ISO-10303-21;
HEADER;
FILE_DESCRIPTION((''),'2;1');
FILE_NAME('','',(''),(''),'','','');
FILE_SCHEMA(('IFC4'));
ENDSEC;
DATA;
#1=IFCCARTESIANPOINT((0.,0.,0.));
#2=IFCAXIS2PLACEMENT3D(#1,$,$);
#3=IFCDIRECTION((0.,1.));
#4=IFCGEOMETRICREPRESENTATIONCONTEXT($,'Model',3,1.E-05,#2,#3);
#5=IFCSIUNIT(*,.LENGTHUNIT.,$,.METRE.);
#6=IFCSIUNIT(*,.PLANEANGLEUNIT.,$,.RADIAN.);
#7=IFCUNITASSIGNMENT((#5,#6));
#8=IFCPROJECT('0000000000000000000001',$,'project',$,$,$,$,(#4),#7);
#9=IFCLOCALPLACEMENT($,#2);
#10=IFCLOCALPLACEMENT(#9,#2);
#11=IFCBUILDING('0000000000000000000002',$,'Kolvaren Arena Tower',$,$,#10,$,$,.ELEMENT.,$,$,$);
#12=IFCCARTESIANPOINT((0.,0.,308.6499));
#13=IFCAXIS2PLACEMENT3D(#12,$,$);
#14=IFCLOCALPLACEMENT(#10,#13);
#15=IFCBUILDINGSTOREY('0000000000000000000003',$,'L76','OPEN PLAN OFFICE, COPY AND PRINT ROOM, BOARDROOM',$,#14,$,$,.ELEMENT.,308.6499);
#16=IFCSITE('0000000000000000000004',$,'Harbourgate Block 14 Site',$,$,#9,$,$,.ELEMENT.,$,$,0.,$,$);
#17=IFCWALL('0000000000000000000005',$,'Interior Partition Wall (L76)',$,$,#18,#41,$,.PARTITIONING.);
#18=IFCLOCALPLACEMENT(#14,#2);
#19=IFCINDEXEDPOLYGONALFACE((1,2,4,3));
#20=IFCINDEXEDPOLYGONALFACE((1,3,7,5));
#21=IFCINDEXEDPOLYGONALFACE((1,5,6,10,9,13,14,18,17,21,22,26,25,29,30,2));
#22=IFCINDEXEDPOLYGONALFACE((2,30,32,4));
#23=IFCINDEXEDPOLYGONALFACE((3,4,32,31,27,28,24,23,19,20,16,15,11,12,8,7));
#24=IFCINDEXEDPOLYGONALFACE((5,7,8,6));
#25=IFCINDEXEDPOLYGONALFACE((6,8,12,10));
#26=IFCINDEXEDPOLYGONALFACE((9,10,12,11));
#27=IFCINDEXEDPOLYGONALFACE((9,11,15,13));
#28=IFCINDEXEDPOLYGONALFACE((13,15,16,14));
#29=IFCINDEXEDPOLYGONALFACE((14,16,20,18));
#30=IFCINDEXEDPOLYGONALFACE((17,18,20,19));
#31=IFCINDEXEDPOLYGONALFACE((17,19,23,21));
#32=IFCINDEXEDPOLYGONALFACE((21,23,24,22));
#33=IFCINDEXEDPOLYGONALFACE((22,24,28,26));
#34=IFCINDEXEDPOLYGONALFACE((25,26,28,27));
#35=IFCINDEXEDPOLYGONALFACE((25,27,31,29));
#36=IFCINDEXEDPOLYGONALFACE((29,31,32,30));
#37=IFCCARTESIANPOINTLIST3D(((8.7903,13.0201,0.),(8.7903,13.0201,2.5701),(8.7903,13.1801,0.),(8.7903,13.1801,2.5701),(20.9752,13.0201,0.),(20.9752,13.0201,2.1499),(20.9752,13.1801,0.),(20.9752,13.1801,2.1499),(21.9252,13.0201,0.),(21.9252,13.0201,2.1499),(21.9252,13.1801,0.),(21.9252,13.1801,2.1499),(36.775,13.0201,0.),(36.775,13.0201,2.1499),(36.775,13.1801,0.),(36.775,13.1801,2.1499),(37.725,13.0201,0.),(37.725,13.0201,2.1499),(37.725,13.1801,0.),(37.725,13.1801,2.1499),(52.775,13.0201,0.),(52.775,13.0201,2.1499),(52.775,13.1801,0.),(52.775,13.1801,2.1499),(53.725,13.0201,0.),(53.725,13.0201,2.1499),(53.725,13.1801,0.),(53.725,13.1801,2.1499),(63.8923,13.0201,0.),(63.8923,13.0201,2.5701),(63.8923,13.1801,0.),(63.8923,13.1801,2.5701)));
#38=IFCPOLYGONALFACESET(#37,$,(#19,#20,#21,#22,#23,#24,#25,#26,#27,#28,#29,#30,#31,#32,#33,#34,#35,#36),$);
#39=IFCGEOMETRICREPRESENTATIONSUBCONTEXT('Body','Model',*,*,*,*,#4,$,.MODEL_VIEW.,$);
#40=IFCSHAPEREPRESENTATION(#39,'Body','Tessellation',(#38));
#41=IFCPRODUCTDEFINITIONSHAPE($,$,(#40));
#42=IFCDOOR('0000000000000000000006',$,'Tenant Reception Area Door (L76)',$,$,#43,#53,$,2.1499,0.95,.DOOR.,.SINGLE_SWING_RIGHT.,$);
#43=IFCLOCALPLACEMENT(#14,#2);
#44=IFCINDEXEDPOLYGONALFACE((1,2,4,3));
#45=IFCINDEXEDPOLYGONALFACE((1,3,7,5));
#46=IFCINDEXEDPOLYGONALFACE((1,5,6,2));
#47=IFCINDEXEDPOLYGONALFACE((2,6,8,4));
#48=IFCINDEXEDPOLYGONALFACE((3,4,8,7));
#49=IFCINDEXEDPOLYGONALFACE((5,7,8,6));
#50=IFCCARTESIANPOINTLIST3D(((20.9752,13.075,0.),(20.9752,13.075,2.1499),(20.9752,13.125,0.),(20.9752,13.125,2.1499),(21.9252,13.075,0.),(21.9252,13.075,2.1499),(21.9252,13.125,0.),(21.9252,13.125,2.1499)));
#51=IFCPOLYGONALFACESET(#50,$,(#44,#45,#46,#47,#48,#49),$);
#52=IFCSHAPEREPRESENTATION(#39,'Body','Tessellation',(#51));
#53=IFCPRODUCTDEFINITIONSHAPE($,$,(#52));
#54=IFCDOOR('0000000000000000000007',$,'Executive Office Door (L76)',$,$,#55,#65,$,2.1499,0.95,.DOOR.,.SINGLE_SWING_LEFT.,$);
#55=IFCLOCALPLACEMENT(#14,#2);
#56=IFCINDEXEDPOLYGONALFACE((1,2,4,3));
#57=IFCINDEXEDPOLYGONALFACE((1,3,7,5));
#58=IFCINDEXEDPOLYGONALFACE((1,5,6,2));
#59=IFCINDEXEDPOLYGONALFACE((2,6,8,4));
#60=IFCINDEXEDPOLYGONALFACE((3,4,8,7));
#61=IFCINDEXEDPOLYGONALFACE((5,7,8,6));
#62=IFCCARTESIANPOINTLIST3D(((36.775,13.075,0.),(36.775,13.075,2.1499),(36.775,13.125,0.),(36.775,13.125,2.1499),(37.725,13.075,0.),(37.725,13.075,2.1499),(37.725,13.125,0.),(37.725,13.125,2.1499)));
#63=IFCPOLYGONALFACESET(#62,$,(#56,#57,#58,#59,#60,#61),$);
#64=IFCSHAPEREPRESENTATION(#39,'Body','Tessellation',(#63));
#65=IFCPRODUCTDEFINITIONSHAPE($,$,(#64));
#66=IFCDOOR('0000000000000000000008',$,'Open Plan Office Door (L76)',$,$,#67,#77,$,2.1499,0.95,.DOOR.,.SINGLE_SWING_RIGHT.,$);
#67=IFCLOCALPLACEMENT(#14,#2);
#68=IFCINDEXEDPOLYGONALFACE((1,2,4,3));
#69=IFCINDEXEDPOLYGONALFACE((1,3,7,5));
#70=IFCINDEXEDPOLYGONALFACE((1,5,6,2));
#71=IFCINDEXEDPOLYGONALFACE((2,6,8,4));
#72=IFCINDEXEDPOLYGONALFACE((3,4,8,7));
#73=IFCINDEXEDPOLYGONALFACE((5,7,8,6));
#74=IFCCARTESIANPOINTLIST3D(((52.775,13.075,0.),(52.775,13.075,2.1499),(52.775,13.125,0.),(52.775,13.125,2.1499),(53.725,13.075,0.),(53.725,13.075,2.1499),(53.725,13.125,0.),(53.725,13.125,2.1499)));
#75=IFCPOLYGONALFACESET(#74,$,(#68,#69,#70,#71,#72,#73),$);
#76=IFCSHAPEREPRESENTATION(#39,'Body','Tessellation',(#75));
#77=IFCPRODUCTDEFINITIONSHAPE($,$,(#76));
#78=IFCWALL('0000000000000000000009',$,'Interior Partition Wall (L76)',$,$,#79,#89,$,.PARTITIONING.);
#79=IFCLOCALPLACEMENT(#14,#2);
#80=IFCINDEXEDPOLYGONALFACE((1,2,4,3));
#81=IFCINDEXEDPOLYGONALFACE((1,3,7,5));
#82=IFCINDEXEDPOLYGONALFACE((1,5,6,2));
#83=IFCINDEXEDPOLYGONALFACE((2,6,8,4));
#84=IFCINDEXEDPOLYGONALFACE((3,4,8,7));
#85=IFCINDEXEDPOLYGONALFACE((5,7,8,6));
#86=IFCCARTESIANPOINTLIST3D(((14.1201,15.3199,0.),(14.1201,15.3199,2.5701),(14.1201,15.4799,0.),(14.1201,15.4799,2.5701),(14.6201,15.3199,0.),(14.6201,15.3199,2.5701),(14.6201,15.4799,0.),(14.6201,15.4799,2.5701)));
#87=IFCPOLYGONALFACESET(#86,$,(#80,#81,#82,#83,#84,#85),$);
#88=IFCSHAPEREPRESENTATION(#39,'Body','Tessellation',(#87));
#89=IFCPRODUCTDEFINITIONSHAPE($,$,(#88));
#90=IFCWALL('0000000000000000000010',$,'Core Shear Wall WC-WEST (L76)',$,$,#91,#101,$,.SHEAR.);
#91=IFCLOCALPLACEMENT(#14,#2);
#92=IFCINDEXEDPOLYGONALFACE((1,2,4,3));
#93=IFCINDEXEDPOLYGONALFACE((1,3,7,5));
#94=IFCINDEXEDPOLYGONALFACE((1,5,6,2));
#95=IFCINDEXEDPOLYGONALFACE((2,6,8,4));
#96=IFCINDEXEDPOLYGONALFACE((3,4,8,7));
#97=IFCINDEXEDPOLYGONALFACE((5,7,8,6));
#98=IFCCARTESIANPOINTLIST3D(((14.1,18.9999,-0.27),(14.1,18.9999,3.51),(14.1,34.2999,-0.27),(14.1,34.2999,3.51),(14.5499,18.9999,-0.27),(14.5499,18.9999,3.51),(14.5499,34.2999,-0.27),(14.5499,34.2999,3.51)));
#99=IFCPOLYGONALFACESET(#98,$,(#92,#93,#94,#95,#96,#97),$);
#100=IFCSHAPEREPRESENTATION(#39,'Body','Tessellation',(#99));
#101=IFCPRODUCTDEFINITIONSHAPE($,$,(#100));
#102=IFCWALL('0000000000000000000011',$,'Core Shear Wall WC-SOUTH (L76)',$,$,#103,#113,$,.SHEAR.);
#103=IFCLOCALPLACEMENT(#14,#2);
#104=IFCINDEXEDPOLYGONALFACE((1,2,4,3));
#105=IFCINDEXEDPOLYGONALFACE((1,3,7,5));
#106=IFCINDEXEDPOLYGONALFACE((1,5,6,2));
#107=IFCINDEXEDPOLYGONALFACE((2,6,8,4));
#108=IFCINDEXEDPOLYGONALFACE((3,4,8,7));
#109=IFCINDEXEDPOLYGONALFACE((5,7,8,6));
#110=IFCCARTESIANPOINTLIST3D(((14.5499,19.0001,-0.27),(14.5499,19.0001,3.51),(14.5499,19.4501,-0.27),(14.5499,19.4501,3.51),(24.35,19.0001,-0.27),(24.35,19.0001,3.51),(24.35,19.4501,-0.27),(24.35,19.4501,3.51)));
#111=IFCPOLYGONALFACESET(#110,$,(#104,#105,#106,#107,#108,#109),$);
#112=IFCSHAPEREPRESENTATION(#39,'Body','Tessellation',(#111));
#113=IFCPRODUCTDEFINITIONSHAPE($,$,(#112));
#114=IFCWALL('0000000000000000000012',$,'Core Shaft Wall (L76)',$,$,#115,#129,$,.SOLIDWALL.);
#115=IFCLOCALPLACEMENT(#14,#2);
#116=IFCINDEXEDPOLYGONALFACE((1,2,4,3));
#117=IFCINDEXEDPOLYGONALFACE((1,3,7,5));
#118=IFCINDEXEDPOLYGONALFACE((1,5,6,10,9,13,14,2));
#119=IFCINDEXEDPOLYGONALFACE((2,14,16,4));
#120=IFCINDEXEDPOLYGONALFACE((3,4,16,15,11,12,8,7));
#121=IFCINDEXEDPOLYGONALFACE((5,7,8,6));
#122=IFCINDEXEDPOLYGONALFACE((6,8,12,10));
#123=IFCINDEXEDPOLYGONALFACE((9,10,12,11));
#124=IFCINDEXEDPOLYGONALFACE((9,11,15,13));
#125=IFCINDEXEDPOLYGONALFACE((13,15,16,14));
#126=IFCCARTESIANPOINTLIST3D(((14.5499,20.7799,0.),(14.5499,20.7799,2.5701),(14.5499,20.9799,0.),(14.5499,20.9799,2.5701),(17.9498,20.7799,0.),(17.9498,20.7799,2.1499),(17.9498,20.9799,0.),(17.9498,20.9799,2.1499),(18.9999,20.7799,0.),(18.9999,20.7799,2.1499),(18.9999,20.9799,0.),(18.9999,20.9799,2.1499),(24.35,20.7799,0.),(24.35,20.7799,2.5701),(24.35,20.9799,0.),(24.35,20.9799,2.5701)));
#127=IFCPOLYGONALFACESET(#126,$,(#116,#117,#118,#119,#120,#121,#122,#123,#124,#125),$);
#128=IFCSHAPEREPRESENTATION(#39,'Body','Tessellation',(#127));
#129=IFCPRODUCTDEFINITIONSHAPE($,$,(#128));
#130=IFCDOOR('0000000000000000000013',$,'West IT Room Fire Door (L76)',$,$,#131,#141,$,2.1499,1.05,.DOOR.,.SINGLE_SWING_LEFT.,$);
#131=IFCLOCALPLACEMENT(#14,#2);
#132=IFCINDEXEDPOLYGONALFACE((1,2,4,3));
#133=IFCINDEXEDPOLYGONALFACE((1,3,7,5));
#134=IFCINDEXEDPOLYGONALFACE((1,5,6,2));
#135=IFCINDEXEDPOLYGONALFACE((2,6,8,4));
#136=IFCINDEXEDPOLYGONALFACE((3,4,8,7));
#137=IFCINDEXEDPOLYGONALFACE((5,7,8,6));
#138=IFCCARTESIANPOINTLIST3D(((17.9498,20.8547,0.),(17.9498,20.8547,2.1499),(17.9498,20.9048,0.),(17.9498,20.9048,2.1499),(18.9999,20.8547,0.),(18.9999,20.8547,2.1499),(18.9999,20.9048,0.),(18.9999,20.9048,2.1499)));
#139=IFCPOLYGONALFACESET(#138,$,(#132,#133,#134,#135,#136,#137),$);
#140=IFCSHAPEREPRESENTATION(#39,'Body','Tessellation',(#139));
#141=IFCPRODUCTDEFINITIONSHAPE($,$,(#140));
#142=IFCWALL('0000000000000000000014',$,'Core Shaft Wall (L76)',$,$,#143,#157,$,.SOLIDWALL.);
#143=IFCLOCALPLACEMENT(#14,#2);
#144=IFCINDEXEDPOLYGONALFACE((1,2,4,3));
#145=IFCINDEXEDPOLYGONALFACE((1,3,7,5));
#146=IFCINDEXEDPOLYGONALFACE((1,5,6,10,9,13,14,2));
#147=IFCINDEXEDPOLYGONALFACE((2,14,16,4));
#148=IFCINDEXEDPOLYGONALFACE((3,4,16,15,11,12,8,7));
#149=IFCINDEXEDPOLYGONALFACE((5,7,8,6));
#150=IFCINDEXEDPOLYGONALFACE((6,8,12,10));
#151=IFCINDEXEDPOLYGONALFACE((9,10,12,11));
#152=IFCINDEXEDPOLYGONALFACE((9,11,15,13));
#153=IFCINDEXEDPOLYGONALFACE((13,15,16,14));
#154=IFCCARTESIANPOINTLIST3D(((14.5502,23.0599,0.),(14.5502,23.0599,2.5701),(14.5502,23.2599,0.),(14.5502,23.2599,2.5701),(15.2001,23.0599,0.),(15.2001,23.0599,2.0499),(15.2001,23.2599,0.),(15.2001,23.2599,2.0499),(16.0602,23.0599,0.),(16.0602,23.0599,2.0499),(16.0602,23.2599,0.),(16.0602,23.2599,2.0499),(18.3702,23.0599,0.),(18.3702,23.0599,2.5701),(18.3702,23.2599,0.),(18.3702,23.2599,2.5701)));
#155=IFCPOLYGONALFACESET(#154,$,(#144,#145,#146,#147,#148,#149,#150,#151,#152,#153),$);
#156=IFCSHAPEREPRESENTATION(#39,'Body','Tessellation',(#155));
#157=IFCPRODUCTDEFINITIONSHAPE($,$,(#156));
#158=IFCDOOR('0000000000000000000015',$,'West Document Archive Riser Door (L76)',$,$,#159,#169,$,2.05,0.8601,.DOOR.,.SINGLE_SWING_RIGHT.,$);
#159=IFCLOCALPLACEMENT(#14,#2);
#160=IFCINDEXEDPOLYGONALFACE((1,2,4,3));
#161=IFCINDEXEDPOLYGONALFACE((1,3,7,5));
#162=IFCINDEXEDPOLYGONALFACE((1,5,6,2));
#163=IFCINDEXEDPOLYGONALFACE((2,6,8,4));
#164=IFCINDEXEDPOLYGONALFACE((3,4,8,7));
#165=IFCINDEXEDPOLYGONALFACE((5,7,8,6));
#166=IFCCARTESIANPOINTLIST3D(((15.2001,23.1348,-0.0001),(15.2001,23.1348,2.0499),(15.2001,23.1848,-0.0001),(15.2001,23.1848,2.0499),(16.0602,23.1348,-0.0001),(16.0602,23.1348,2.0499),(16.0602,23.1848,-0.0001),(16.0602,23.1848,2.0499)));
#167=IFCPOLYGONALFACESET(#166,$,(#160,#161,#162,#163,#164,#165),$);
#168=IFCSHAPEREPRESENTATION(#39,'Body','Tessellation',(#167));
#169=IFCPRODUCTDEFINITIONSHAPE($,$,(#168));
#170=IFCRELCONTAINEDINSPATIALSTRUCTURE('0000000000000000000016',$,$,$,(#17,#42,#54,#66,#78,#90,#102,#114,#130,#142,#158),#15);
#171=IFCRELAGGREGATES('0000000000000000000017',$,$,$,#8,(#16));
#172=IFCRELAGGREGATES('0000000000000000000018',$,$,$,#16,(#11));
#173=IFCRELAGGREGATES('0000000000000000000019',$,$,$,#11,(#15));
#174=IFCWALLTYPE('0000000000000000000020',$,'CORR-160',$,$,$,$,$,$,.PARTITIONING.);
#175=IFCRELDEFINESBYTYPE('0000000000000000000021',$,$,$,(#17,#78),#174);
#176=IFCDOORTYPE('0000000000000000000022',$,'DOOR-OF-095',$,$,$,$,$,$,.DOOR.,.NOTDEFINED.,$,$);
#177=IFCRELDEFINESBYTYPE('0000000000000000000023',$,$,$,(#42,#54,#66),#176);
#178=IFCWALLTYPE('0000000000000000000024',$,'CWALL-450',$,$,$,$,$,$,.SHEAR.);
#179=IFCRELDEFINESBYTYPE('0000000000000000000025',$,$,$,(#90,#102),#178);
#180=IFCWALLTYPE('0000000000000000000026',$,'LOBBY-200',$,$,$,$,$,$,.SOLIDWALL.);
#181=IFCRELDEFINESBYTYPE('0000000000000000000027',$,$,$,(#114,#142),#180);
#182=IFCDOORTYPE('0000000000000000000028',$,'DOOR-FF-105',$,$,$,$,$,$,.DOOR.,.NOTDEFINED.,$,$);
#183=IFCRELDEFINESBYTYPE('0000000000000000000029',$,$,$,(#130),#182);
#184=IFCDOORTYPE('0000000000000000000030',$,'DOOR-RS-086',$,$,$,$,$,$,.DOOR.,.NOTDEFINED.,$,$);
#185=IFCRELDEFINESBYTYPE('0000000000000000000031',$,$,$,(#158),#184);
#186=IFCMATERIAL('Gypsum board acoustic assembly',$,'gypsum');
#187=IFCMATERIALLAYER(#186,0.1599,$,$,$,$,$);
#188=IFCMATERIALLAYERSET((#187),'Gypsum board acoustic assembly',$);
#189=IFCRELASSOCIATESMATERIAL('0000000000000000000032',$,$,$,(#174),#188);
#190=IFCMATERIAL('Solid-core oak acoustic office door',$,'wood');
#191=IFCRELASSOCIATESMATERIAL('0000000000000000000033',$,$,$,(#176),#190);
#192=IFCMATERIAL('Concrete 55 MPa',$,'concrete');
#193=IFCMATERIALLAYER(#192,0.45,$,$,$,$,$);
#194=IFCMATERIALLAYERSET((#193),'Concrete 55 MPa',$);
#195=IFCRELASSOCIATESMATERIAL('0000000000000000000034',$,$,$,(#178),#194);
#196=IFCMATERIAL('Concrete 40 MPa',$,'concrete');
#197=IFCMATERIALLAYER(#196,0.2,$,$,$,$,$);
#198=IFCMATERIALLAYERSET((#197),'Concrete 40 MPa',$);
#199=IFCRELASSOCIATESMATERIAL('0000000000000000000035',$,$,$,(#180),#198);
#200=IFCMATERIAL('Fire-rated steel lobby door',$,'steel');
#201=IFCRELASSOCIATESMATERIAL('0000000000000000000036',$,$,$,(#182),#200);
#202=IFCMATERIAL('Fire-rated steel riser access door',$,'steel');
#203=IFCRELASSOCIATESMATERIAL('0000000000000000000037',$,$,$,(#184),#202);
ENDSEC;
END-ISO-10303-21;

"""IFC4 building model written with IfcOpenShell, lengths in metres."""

from ifc_helpers import new_model, si_unit, direction, frame, frame_2d, origin, place, context, subcontext, project, spatial, rectangle, extrude, material, layer, layer_set, type_object, element, fill, save


model = new_model("IFC4")

# Units and contexts
model_context = context("Model", 3, precision=1e-05, world=origin(), true_north=direction((0.0, 1.0)))
body_context = subcontext(model_context, "Body", "Model", "MODEL_VIEW")
ifc_project = project(units=[si_unit("LENGTHUNIT", "METRE"), si_unit("PLANEANGLEUNIT", "RADIAN")], contexts=[model_context])

# Site, building, storey
site_placement = place(None, origin())
site = spatial("IfcSite", under=ifc_project, at=site_placement, Name="Harbourgate Block 14 Site", CompositionType="ELEMENT", RefElevation=0.0)
building_placement = place(site_placement, origin())
building = spatial("IfcBuilding", under=site, at=building_placement, Name="Kolvaren Arena Tower", CompositionType="ELEMENT")
storey_placement = place(building_placement, frame((0.0, 0.0, 308.6499)))
storey = spatial("IfcBuildingStorey", under=building, at=storey_placement, Name="L76", Description="OPEN PLAN OFFICE, COPY AND PRINT ROOM, BOARDROOM", CompositionType="ELEMENT", Elevation=308.6499)

# Wall, openings, doors
ifc_material_1 = material(Name="Gypsum board acoustic assembly", Category="gypsum")
ifc_layer_1 = layer(ifc_material_1, 0.1599)
ifc_layer_set_1 = layer_set([ifc_layer_1], Name="Gypsum board acoustic assembly")
wall_type_1 = type_object("IfcWallType", Name="CORR-160", PredefinedType="PARTITIONING", material=ifc_layer_set_1)
wall_1_placement = place(storey_placement, frame((8.7903, 13.1001, 0.0), z_axis=(0.0, 0.0, 1.0), x_axis=(1.0, 0.0, 0.0)))
wall_1 = element("IfcWall", 1, at=wall_1_placement, inside=storey, type_object=wall_type_1, Name="Interior Partition Wall (L76)", PredefinedType="PARTITIONING", context=body_context, shape_type="SweptSolid", body=[
    extrude(rectangle(XDim=55.1021, YDim=0.1599, at=frame_2d((27.551, 0.0))), origin(), (0.0, 0.0, 1.0), 2.5701),
])
opening_1_placement = place(wall_1_placement, frame((12.1848, 0.0, 0.0)))
opening_1 = element("IfcOpeningElement", 2, at=opening_1_placement, cuts=wall_1, PredefinedType="OPENING", context=body_context, shape_type="SweptSolid", body=[
    extrude(rectangle(XDim=0.95, YDim=2.1499, at=frame_2d((0.4751, 1.075))), frame((0.0, 0.0898, 0.0), z_axis=(0.0, -1.0, 0.0), x_axis=(1.0, 0.0, 0.0)), (0.0, 0.0, 1.0), 0.1799),
])
opening_2_placement = place(wall_1_placement, frame((27.9846, 0.0, 0.0)))
opening_2 = element("IfcOpeningElement", 3, at=opening_2_placement, cuts=wall_1, PredefinedType="OPENING", context=body_context, shape_type="SweptSolid", body=[
    extrude(rectangle(XDim=0.95, YDim=2.1499, at=frame_2d((0.4751, 1.075))), frame((0.0, 0.0898, 0.0), z_axis=(0.0, -1.0, 0.0), x_axis=(1.0, 0.0, 0.0)), (0.0, 0.0, 1.0), 0.1799),
])
opening_3_placement = place(wall_1_placement, frame((43.9846, 0.0, 0.0)))
opening_3 = element("IfcOpeningElement", 4, at=opening_3_placement, cuts=wall_1, PredefinedType="OPENING", context=body_context, shape_type="SweptSolid", body=[
    extrude(rectangle(XDim=0.95, YDim=2.1499, at=frame_2d((0.4751, 1.075))), frame((0.0, 0.0898, 0.0), z_axis=(0.0, -1.0, 0.0), x_axis=(1.0, 0.0, 0.0)), (0.0, 0.0, 1.0), 0.1799),
])
ifc_material_2 = material(Name="Solid-core oak acoustic office door", Category="wood")
door_type_1 = type_object("IfcDoorType", Name="DOOR-OF-095", OperationType="NOTDEFINED", PredefinedType="DOOR", material=ifc_material_2)
door_1_placement = place(opening_1_placement, origin())
door_1 = element("IfcDoor", 5, at=door_1_placement, inside=storey, type_object=door_type_1, Name="Tenant Reception Area Door (L76)", OperationType="SINGLE_SWING_RIGHT", OverallHeight=2.1499, OverallWidth=0.95, PredefinedType="DOOR", context=body_context, shape_type="SweptSolid", body=[
    extrude(rectangle(XDim=0.95, YDim=2.1499, at=frame_2d((0.4751, 1.075))), frame((0.0, 0.0249, 0.0), z_axis=(0.0, -1.0, 0.0), x_axis=(1.0, 0.0, 0.0)), (0.0, 0.0, 1.0), 0.05),
])
fill(opening_1, door_1)
door_2_placement = place(opening_2_placement, origin())
door_2 = element("IfcDoor", 6, at=door_2_placement, inside=storey, type_object=door_type_1, Name="Executive Office Door (L76)", OperationType="SINGLE_SWING_LEFT", OverallHeight=2.1499, OverallWidth=0.95, PredefinedType="DOOR", context=body_context, shape_type="SweptSolid", body=[
    extrude(rectangle(XDim=0.95, YDim=2.1499, at=frame_2d((0.4751, 1.075))), frame((0.0, 0.0249, 0.0), z_axis=(0.0, -1.0, 0.0), x_axis=(1.0, 0.0, 0.0)), (0.0, 0.0, 1.0), 0.05),
])
fill(opening_2, door_2)
door_3_placement = place(opening_3_placement, origin())
door_3 = element("IfcDoor", 7, at=door_3_placement, inside=storey, type_object=door_type_1, Name="Open Plan Office Door (L76)", OperationType="SINGLE_SWING_RIGHT", OverallHeight=2.1499, OverallWidth=0.95, PredefinedType="DOOR", context=body_context, shape_type="SweptSolid", body=[
    extrude(rectangle(XDim=0.95, YDim=2.1499, at=frame_2d((0.4751, 1.075))), frame((0.0, 0.0249, 0.0), z_axis=(0.0, -1.0, 0.0), x_axis=(1.0, 0.0, 0.0)), (0.0, 0.0, 1.0), 0.05),
])
fill(opening_3, door_3)

# Walls
wall_2_placement = place(storey_placement, frame((14.1201, 15.3999, 0.0), z_axis=(0.0, 0.0, 1.0), x_axis=(1.0, 0.0, 0.0)))
element("IfcWall", 8, at=wall_2_placement, inside=storey, type_object=wall_type_1, Name="Interior Partition Wall (L76)", PredefinedType="PARTITIONING", context=body_context, shape_type="SweptSolid", body=[
    extrude(rectangle(XDim=0.5, YDim=0.1599, at=frame_2d((0.25, 0.0))), origin(), (0.0, 0.0, 1.0), 2.5701),
])
ifc_material_3 = material(Name="Concrete 55 MPa", Category="concrete")
ifc_layer_2 = layer(ifc_material_3, 0.45)
ifc_layer_set_2 = layer_set([ifc_layer_2], Name="Concrete 55 MPa")
wall_type_2 = type_object("IfcWallType", Name="CWALL-450", PredefinedType="SHEAR", material=ifc_layer_set_2)
wall_3_placement = place(storey_placement, frame((14.325, 19.0, -0.27), z_axis=(0.0, 0.0, 1.0), x_axis=(0.0, 1.0, 0.0)))
element("IfcWall", 9, at=wall_3_placement, inside=storey, type_object=wall_type_2, Name="Core Shear Wall WC-WEST (L76)", PredefinedType="SHEAR", context=body_context, shape_type="SweptSolid", body=[
    extrude(rectangle(XDim=15.3, YDim=0.45, at=frame_2d((7.6499, 0.0))), origin(), (0.0, 0.0, 1.0), 3.78),
])
wall_4_placement = place(storey_placement, frame((14.55, 19.2251, -0.27), z_axis=(0.0, 0.0, 1.0), x_axis=(1.0, 0.0, 0.0)))
element("IfcWall", 10, at=wall_4_placement, inside=storey, type_object=wall_type_2, Name="Core Shear Wall WC-SOUTH (L76)", PredefinedType="SHEAR", context=body_context, shape_type="SweptSolid", body=[
    extrude(rectangle(XDim=9.8, YDim=0.45, at=frame_2d((4.8999, 0.0))), origin(), (0.0, 0.0, 1.0), 3.78),
])

# Walls, openings, doors
ifc_material_4 = material(Name="Concrete 40 MPa", Category="concrete")
ifc_layer_3 = layer(ifc_material_4, 0.2)
ifc_layer_set_3 = layer_set([ifc_layer_3], Name="Concrete 40 MPa")
wall_type_3 = type_object("IfcWallType", Name="LOBBY-200", PredefinedType="SOLIDWALL", material=ifc_layer_set_3)
wall_5_placement = place(storey_placement, frame((14.55, 20.8799, 0.0), z_axis=(0.0, 0.0, 1.0), x_axis=(1.0, 0.0, 0.0)))
wall_5 = element("IfcWall", 11, at=wall_5_placement, inside=storey, type_object=wall_type_3, Name="Core Shaft Wall (L76)", PredefinedType="SOLIDWALL", context=body_context, shape_type="SweptSolid", body=[
    extrude(rectangle(XDim=9.8, YDim=0.2, at=frame_2d((4.8999, 0.0))), origin(), (0.0, 0.0, 1.0), 2.5701),
])
opening_4_placement = place(wall_5_placement, frame((3.3999, 0.0, 0.0)))
opening_4 = element("IfcOpeningElement", 12, at=opening_4_placement, cuts=wall_5, PredefinedType="OPENING", context=body_context, shape_type="SweptSolid", body=[
    extrude(rectangle(XDim=1.05, YDim=2.1499, at=frame_2d((0.5249, 1.075))), frame((0.0, 0.1099, 0.0), z_axis=(0.0, -1.0, 0.0), x_axis=(1.0, 0.0, 0.0)), (0.0, 0.0, 1.0), 0.22),
])
ifc_material_5 = material(Name="Fire-rated steel lobby door", Category="steel")
door_type_2 = type_object("IfcDoorType", Name="DOOR-FF-105", OperationType="NOTDEFINED", PredefinedType="DOOR", material=ifc_material_5)
door_4_placement = place(opening_4_placement, origin())
door_4 = element("IfcDoor", 13, at=door_4_placement, inside=storey, type_object=door_type_2, Name="West IT Room Fire Door (L76)", OperationType="SINGLE_SWING_LEFT", OverallHeight=2.1499, OverallWidth=1.05, PredefinedType="DOOR", context=body_context, shape_type="SweptSolid", body=[
    extrude(rectangle(XDim=1.05, YDim=2.1499, at=frame_2d((0.5249, 1.075))), frame((0.0, 0.0249, 0.0), z_axis=(0.0, -1.0, 0.0), x_axis=(1.0, 0.0, 0.0)), (0.0, 0.0, 1.0), 0.05),
])
fill(opening_4, door_4)
wall_6_placement = place(storey_placement, frame((14.55, 23.1599, 0.0), z_axis=(0.0, 0.0, 1.0), x_axis=(1.0, 0.0, 0.0)))
wall_6 = element("IfcWall", 14, at=wall_6_placement, inside=storey, type_object=wall_type_3, Name="Core Shaft Wall (L76)", PredefinedType="SOLIDWALL", context=body_context, shape_type="SweptSolid", body=[
    extrude(rectangle(XDim=3.8201, YDim=0.2, at=frame_2d((1.9102, 0.0))), origin(), (0.0, 0.0, 1.0), 2.5701),
])
opening_5_placement = place(wall_6_placement, frame((0.6499, 0.0, 0.0)))
opening_5 = element("IfcOpeningElement", 15, at=opening_5_placement, cuts=wall_6, PredefinedType="OPENING", context=body_context, shape_type="SweptSolid", body=[
    extrude(rectangle(XDim=0.8601, YDim=2.05, at=frame_2d((0.4302, 1.0249))), frame((0.0, 0.1099, 0.0), z_axis=(0.0, -1.0, 0.0), x_axis=(1.0, 0.0, 0.0)), (0.0, 0.0, 1.0), 0.22),
])
ifc_material_6 = material(Name="Fire-rated steel riser access door", Category="steel")
door_type_3 = type_object("IfcDoorType", Name="DOOR-RS-086", OperationType="NOTDEFINED", PredefinedType="DOOR", material=ifc_material_6)
door_5_placement = place(opening_5_placement, origin())
door_5 = element("IfcDoor", 16, at=door_5_placement, inside=storey, type_object=door_type_3, Name="West Document Archive Riser Door (L76)", OperationType="SINGLE_SWING_RIGHT", OverallHeight=2.05, OverallWidth=0.8601, PredefinedType="DOOR", context=body_context, shape_type="SweptSolid", body=[
    extrude(rectangle(XDim=0.8601, YDim=2.05, at=frame_2d((0.4302, 1.0249))), frame((0.0, 0.0249, 0.0), z_axis=(0.0, -1.0, 0.0), x_axis=(1.0, 0.0, 0.0)), (0.0, 0.0, 1.0), 0.05),
])
fill(opening_5, door_5)

save(model, "model.ifc")
